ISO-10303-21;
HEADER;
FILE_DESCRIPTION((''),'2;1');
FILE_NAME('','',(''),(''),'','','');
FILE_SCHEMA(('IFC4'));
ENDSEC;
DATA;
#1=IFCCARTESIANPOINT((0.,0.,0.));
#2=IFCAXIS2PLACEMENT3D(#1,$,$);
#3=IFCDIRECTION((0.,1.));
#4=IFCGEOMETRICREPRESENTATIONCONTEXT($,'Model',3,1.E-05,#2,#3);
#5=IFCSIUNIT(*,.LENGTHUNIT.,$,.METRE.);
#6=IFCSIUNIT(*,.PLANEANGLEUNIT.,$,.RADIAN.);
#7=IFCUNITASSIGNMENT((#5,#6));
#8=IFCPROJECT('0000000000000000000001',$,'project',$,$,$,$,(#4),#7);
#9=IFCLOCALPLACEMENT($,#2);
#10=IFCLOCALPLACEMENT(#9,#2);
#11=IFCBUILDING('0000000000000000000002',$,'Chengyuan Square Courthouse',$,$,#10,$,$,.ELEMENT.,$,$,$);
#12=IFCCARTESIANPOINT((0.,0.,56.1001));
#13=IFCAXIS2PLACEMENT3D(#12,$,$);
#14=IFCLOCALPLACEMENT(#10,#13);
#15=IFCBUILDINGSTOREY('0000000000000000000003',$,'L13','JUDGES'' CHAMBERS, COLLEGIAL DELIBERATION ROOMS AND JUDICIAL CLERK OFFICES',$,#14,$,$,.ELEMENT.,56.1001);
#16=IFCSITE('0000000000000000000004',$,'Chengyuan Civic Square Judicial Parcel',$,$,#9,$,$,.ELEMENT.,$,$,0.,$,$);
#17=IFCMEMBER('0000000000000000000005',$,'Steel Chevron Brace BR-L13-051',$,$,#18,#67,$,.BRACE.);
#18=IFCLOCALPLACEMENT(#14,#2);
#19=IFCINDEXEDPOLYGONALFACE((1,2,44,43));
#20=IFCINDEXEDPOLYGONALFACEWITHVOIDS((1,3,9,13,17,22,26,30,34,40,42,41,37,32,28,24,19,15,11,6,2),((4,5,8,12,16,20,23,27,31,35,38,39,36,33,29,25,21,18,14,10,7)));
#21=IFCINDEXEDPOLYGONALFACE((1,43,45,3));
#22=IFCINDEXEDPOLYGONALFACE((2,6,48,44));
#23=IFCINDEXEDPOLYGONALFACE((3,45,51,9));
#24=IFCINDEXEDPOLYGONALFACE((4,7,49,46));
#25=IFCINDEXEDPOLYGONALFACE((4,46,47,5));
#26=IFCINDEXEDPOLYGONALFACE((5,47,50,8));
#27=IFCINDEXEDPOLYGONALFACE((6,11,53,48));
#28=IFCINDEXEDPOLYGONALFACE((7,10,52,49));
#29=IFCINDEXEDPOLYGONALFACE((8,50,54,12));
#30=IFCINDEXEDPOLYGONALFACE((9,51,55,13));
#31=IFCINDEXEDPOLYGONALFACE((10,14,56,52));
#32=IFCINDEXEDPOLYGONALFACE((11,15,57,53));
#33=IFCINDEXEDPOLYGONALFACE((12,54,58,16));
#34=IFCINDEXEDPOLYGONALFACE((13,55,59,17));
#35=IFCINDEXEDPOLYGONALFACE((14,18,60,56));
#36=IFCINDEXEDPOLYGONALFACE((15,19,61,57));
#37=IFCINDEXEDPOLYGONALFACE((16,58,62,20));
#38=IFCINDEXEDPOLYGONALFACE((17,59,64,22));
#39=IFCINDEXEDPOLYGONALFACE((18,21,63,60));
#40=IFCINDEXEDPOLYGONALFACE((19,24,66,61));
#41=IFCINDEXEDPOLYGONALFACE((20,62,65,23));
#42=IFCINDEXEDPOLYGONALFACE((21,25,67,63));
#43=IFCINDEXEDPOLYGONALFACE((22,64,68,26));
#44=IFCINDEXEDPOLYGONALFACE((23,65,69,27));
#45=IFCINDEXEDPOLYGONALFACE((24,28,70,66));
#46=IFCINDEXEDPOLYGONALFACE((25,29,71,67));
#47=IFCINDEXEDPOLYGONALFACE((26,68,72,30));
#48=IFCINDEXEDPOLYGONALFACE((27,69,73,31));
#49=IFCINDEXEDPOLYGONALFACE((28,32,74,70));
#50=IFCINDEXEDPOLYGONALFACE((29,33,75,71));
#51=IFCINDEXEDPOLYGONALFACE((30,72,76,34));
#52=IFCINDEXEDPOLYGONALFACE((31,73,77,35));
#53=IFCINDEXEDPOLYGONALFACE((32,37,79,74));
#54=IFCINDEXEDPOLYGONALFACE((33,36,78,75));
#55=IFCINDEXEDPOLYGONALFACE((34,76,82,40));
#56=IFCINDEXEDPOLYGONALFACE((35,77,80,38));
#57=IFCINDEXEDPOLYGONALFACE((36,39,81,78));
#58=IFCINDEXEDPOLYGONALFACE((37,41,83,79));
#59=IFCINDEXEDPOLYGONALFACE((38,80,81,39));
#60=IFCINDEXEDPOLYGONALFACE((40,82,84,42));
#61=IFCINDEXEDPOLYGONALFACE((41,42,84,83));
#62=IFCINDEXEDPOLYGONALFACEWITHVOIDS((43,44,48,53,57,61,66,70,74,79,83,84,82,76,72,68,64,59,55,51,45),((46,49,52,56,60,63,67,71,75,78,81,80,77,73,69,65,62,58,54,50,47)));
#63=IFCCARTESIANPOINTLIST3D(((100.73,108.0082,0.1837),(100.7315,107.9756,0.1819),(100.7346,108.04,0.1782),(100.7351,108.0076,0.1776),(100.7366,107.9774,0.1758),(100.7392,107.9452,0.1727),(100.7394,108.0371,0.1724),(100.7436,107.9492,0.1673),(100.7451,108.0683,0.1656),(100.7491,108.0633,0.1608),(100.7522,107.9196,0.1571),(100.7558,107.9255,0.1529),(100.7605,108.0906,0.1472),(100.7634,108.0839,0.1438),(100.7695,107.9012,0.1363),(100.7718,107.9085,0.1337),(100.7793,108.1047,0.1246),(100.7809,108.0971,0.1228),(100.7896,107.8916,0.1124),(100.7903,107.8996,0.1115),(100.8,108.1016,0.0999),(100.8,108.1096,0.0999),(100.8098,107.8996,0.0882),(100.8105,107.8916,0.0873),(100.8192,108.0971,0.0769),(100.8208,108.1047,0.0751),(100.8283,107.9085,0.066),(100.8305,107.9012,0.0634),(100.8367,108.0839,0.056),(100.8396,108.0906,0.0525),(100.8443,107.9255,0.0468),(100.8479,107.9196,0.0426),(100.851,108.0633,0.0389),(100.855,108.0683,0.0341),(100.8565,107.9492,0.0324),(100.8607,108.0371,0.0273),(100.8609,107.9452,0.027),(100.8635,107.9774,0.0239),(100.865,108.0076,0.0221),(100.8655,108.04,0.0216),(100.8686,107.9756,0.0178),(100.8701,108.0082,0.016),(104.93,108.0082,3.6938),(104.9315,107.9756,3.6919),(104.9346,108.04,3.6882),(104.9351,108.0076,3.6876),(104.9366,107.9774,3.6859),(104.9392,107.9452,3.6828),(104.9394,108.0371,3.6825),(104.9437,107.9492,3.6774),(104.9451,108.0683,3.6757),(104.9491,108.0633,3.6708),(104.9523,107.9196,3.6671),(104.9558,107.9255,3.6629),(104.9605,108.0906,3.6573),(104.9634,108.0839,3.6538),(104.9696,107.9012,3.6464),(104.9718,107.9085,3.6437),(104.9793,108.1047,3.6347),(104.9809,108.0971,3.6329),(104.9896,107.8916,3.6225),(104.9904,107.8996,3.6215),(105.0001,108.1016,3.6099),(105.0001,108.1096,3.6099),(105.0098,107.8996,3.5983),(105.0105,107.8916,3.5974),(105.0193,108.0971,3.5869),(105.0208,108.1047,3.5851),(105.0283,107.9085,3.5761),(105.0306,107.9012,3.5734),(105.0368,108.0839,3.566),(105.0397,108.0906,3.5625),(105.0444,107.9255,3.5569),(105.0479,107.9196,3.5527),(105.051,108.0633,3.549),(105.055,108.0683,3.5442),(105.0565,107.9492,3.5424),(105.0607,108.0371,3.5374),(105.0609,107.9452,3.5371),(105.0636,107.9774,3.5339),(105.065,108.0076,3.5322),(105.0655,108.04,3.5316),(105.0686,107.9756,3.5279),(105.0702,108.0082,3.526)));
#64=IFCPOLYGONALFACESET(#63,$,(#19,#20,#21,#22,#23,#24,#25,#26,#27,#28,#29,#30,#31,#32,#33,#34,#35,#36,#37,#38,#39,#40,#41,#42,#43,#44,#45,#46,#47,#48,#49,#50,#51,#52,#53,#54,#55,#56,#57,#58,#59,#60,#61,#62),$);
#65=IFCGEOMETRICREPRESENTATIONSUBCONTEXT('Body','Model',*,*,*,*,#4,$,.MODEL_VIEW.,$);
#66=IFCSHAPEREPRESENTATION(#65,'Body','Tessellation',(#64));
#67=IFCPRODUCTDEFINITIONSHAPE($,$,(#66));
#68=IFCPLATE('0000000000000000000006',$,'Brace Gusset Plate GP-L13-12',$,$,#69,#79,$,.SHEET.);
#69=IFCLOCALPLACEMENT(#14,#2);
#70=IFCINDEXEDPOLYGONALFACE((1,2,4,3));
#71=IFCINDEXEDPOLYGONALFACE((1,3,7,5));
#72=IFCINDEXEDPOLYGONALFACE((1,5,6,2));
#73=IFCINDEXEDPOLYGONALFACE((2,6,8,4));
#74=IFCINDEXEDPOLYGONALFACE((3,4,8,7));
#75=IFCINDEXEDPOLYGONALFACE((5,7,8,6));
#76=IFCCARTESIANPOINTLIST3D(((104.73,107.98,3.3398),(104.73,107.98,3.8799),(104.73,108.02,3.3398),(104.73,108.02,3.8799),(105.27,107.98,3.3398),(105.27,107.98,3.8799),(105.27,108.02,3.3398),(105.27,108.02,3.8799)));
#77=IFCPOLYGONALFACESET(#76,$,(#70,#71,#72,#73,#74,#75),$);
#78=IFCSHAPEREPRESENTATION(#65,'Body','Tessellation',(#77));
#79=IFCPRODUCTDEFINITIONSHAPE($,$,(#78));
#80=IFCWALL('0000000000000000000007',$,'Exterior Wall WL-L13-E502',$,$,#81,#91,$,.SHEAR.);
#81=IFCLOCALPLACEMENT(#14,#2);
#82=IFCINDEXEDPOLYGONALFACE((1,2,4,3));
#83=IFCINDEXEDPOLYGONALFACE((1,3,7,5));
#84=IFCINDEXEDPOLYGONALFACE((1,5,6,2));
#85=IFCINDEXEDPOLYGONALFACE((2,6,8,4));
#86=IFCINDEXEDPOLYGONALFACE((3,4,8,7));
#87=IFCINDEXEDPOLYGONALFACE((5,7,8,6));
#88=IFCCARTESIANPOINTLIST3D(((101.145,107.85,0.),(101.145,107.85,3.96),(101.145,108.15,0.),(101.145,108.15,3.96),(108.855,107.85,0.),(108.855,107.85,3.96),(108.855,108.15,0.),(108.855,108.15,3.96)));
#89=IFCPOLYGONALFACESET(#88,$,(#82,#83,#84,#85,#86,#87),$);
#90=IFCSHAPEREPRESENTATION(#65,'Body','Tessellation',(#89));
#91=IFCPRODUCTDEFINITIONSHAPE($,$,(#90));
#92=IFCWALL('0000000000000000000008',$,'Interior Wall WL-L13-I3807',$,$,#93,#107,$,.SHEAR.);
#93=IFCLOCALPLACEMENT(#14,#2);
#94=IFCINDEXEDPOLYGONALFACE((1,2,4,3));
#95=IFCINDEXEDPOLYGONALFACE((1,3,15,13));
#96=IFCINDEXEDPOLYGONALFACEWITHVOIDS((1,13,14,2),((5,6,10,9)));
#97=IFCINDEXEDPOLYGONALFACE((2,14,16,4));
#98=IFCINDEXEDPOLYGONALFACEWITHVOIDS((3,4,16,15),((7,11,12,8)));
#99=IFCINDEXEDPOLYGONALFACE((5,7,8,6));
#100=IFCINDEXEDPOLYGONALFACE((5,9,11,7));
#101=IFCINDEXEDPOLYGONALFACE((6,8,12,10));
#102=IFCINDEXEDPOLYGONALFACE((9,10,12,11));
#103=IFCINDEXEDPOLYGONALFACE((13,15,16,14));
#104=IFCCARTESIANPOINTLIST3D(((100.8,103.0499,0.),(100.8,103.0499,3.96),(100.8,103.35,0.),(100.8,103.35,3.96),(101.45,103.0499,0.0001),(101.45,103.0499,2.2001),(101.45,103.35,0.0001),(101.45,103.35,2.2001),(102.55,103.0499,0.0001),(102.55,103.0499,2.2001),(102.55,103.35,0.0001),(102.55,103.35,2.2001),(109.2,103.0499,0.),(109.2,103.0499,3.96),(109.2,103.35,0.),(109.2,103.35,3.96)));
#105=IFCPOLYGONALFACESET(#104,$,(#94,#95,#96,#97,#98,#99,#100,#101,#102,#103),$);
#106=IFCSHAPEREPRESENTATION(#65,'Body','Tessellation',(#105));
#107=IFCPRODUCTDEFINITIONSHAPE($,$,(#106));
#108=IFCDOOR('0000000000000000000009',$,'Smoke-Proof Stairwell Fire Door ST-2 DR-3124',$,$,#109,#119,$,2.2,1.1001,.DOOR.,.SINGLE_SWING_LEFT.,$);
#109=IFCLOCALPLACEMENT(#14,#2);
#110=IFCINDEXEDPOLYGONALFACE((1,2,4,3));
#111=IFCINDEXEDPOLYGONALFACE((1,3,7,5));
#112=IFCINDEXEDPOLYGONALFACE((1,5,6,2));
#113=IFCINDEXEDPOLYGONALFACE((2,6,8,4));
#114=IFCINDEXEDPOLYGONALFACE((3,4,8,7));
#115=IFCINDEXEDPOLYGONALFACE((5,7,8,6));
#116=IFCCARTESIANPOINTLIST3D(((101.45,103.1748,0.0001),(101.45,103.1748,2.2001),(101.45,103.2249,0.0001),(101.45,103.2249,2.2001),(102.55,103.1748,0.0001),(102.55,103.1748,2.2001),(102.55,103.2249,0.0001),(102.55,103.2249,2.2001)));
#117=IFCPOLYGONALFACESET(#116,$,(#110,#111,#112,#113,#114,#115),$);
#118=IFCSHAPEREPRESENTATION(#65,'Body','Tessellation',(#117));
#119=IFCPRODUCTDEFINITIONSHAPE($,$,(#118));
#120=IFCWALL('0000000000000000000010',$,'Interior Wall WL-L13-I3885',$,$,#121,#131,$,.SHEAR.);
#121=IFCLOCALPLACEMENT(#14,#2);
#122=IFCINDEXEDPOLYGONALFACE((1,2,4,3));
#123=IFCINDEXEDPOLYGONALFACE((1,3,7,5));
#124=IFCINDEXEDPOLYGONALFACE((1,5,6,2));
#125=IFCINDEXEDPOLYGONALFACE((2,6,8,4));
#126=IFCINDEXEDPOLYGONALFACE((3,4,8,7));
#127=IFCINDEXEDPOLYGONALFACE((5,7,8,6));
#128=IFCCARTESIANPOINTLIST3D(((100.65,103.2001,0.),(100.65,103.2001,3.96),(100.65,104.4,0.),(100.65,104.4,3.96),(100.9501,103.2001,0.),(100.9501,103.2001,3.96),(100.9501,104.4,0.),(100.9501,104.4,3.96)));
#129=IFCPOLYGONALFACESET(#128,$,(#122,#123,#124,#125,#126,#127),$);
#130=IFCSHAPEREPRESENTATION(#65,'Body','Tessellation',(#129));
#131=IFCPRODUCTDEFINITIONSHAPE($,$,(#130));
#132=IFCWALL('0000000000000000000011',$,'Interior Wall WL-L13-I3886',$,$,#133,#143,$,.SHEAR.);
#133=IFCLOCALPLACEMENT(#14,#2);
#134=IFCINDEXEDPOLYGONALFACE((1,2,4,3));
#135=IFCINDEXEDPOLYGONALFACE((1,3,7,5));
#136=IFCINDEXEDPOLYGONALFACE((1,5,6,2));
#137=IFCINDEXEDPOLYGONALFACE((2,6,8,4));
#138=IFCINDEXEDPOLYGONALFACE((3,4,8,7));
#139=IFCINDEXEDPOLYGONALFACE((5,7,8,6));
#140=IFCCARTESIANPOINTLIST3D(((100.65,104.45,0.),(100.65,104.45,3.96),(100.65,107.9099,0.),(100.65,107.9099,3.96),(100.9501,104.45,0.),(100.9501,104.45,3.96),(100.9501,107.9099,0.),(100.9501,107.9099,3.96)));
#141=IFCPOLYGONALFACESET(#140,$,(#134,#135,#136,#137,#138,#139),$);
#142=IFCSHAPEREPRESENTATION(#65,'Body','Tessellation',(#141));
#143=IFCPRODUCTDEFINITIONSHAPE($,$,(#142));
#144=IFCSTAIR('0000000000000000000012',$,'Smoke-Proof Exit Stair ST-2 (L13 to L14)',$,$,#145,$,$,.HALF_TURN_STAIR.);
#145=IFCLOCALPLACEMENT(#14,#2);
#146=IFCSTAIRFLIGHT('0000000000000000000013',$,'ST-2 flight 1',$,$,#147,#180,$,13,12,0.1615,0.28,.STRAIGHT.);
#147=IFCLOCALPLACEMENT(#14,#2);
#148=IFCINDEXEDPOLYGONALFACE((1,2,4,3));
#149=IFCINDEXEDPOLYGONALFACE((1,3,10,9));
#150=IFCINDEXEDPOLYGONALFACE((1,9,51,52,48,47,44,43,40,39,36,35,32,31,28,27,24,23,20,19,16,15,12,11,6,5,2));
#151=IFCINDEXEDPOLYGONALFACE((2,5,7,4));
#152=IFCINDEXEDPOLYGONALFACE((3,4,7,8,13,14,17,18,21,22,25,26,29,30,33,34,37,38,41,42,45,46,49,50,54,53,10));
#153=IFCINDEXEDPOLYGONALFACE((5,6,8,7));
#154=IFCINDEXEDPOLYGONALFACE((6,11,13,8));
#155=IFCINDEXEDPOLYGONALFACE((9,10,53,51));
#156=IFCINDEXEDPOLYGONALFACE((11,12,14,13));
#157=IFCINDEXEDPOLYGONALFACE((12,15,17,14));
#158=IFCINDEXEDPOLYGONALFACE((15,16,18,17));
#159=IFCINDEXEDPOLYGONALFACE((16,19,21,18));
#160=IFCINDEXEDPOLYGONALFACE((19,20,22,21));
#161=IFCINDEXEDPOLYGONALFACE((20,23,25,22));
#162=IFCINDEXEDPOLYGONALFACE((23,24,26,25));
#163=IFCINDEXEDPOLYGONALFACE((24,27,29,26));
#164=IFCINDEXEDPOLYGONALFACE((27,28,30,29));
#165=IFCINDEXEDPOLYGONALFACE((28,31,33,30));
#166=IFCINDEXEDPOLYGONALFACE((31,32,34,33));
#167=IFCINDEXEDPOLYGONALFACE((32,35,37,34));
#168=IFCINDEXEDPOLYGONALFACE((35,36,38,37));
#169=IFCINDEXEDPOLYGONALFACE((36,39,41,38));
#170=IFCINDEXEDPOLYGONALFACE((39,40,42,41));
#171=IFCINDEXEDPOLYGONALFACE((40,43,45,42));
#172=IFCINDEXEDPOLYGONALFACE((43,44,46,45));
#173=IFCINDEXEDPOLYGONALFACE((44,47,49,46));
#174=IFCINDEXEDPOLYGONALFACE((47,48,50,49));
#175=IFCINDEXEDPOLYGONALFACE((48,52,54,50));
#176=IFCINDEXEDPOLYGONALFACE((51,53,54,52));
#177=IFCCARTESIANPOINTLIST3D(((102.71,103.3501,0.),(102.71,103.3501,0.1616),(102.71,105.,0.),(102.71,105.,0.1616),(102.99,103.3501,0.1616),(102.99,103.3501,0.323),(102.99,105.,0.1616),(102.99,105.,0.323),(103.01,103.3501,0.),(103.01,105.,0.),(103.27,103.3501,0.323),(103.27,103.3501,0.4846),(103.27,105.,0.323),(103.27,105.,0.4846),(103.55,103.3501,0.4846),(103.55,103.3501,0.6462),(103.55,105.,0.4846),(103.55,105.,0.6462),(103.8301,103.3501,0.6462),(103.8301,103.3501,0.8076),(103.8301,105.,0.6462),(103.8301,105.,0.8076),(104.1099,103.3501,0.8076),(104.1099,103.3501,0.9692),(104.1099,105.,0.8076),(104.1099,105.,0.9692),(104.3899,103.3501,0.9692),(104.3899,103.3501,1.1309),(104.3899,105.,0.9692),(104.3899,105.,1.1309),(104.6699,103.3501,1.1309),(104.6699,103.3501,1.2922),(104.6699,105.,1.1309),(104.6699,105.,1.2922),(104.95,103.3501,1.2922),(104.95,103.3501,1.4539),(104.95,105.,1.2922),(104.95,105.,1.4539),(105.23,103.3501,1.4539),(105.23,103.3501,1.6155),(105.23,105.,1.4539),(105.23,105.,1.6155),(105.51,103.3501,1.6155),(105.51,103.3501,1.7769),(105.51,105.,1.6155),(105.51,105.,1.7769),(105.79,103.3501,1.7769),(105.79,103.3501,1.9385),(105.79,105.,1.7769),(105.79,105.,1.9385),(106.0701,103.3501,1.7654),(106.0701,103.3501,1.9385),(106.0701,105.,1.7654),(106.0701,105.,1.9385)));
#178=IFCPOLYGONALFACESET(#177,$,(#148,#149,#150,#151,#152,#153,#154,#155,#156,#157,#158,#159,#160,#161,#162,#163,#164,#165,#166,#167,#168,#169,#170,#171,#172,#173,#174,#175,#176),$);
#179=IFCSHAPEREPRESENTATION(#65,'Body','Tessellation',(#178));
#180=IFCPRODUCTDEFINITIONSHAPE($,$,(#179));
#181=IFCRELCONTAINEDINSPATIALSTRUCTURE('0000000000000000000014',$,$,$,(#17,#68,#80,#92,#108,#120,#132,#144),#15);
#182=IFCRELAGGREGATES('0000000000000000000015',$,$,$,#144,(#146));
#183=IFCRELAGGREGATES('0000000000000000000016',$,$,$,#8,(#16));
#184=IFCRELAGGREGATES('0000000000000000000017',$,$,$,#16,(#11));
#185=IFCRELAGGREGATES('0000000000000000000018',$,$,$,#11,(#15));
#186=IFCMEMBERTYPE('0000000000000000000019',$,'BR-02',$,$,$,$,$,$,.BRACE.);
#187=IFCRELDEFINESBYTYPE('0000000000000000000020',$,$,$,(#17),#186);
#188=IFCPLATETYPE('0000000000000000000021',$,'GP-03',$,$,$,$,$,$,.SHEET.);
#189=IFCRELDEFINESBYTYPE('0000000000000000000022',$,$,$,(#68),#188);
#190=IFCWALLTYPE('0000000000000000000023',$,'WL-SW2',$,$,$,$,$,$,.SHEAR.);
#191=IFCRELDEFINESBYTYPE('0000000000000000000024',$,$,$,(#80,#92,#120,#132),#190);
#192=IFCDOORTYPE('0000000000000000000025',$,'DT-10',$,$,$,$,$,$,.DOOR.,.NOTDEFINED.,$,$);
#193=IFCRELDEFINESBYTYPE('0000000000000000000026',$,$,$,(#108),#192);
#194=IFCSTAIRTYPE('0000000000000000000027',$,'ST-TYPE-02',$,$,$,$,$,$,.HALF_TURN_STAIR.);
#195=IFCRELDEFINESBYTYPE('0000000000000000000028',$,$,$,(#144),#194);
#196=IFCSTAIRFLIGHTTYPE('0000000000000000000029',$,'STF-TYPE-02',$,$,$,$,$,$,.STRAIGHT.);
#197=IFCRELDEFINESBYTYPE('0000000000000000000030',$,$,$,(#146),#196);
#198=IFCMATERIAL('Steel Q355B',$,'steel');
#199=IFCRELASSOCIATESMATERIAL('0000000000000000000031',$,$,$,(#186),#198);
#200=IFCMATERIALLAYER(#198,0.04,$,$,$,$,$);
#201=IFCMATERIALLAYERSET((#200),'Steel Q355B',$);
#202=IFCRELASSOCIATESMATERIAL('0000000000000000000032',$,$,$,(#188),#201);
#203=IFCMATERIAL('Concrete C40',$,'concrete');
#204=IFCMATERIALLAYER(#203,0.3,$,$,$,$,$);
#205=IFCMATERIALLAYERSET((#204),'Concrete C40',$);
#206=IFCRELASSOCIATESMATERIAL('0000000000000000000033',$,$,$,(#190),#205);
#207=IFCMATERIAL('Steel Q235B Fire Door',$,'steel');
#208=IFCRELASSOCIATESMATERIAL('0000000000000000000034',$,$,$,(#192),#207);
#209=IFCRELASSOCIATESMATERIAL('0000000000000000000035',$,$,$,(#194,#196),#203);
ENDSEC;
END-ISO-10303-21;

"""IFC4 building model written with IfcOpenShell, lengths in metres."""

from ifc_helpers import new_model, si_unit, direction, frame, frame_2d, origin, origin_2d, place, context, subcontext, project, spatial, polyline, rectangle, hollow_circle, outline, extrude, material, layer, layer_set, material_profile, profile_set, type_object, element, fill, aggregate, save


model = new_model("IFC4")

# Units and contexts
model_context = context("Model", 3, precision=1e-05, world=origin(), true_north=direction((0.0, 1.0)))
body_context = subcontext(model_context, "Body", "Model", "MODEL_VIEW")
ifc_project = project(units=[si_unit("LENGTHUNIT", "METRE"), si_unit("PLANEANGLEUNIT", "RADIAN")], contexts=[model_context])

# Site, building, storey
site_placement = place(None, origin())
site = spatial("IfcSite", under=ifc_project, at=site_placement, Name="Chengyuan Civic Square Judicial Parcel", CompositionType="ELEMENT", RefElevation=0.0)
building_placement = place(site_placement, origin())
building = spatial("IfcBuilding", under=site, at=building_placement, Name="Chengyuan Square Courthouse", CompositionType="ELEMENT")
storey_placement = place(building_placement, frame((0.0, 0.0, 56.1001)))
storey = spatial("IfcBuildingStorey", under=building, at=storey_placement, Name="L13", Description="JUDGES' CHAMBERS, COLLEGIAL DELIBERATION ROOMS AND JUDICIAL CLERK OFFICES", CompositionType="ELEMENT", Elevation=56.1001)

# Member
ifc_material_1 = material(Name="Steel Q355B", Category="steel")
ifc_material_profile = material_profile(ifc_material_1, hollow_circle(Radius=0.1096, WallThickness=0.0081, at=origin_2d()), Name="CHS 219x8")
ifc_profile_set = profile_set([ifc_material_profile], Name="Steel Q355B")
member_type = type_object("IfcMemberType", Name="BR-02", PredefinedType="BRACE", material=ifc_profile_set)
member_placement = place(storey_placement, frame((100.8, 108.0, 0.0999), z_axis=(0.767317, 0.0, 0.641267), x_axis=(0.0, 1.0, 0.0)))
element("IfcMember", 1, at=member_placement, inside=storey, type_object=member_type, Name="Steel Chevron Brace BR-L13-051", PredefinedType="BRACE", context=body_context, shape_type="SweptSolid", body=[
    extrude(hollow_circle(Radius=0.1096, WallThickness=0.0081, at=origin_2d()), origin(), (0.0, 0.0, 1.0), 5.4736),
])

# Plate
ifc_layer_1 = layer(ifc_material_1, 0.04)
ifc_layer_set_1 = layer_set([ifc_layer_1], Name="Steel Q355B")
plate_type = type_object("IfcPlateType", Name="GP-03", PredefinedType="SHEET", material=ifc_layer_set_1)
plate_placement = place(storey_placement, frame((105.0, 108.0, 3.3398), z_axis=(0.0, 0.0, 1.0), x_axis=(1.0, 0.0, 0.0)))
element("IfcPlate", 2, at=plate_placement, inside=storey, type_object=plate_type, Name="Brace Gusset Plate GP-L13-12", PredefinedType="SHEET", context=body_context, shape_type="SweptSolid", body=[
    extrude(rectangle(XDim=0.54, YDim=0.04, at=origin_2d()), origin(), (0.0, 0.0, 1.0), 0.54),
])

# Wall
ifc_material_2 = material(Name="Concrete C40", Category="concrete")
ifc_layer_2 = layer(ifc_material_2, 0.3)
ifc_layer_set_2 = layer_set([ifc_layer_2], Name="Concrete C40")
wall_type = type_object("IfcWallType", Name="WL-SW2", PredefinedType="SHEAR", material=ifc_layer_set_2)
wall_1_placement = place(storey_placement, frame((101.145, 108.0, 0.0), z_axis=(0.0, 0.0, 1.0), x_axis=(1.0, 0.0, 0.0)))
element("IfcWall", 3, at=wall_1_placement, inside=storey, type_object=wall_type, Name="Exterior Wall WL-L13-E502", PredefinedType="SHEAR", context=body_context, shape_type="SweptSolid", body=[
    extrude(rectangle(XDim=7.71, YDim=0.3, at=frame_2d((3.855, 0.0))), origin(), (0.0, 0.0, 1.0), 3.96),
])

# Wall, opening, door
wall_2_placement = place(storey_placement, frame((100.8, 103.2, 0.0), z_axis=(0.0, 0.0, 1.0), x_axis=(1.0, 0.0, 0.0)))
wall_2 = element("IfcWall", 4, at=wall_2_placement, inside=storey, type_object=wall_type, Name="Interior Wall WL-L13-I3807", PredefinedType="SHEAR", context=body_context, shape_type="SweptSolid", body=[
    extrude(rectangle(XDim=8.3999, YDim=0.3, at=frame_2d((4.2, 0.0))), origin(), (0.0, 0.0, 1.0), 3.96),
])
opening_placement = place(wall_2_placement, frame((0.6499, 0.0, 0.0)))
opening = element("IfcOpeningElement", 5, at=opening_placement, cuts=wall_2, PredefinedType="OPENING", context=body_context, shape_type="SweptSolid", body=[
    extrude(rectangle(XDim=1.1001, YDim=2.2, at=frame_2d((0.55, 1.1001))), frame((0.0, 0.1621, 0.0), z_axis=(0.0, -1.0, 0.0), x_axis=(1.0, 0.0, 0.0)), (0.0, 0.0, 1.0), 0.324),
])
ifc_material_3 = material(Name="Steel Q235B Fire Door", Category="steel")
door_type = type_object("IfcDoorType", Name="DT-10", OperationType="NOTDEFINED", PredefinedType="DOOR", material=ifc_material_3)
door_placement = place(opening_placement, origin())
door = element("IfcDoor", 6, at=door_placement, inside=storey, type_object=door_type, Name="Smoke-Proof Stairwell Fire Door ST-2 DR-3124", OperationType="SINGLE_SWING_LEFT", OverallHeight=2.2, OverallWidth=1.1001, PredefinedType="DOOR", context=body_context, shape_type="SweptSolid", body=[
    extrude(rectangle(XDim=1.1001, YDim=2.2, at=frame_2d((0.55, 1.1001))), frame((0.0, 0.0249, 0.0), z_axis=(0.0, -1.0, 0.0), x_axis=(1.0, 0.0, 0.0)), (0.0, 0.0, 1.0), 0.05),
])
fill(opening, door)

# Walls
wall_3_placement = place(storey_placement, frame((100.8, 103.2, 0.0), z_axis=(0.0, 0.0, 1.0), x_axis=(0.0, 1.0, 0.0)))
element("IfcWall", 7, at=wall_3_placement, inside=storey, type_object=wall_type, Name="Interior Wall WL-L13-I3885", PredefinedType="SHEAR", context=body_context, shape_type="SweptSolid", body=[
    extrude(rectangle(XDim=1.2, YDim=0.3, at=frame_2d((0.6001, 0.0))), origin(), (0.0, 0.0, 1.0), 3.96),
])
wall_4_placement = place(storey_placement, frame((100.8, 104.45, 0.0), z_axis=(0.0, 0.0, 1.0), x_axis=(0.0, 1.0, 0.0)))
element("IfcWall", 8, at=wall_4_placement, inside=storey, type_object=wall_type, Name="Interior Wall WL-L13-I3886", PredefinedType="SHEAR", context=body_context, shape_type="SweptSolid", body=[
    extrude(rectangle(XDim=3.46, YDim=0.3, at=frame_2d((1.73, 0.0))), origin(), (0.0, 0.0, 1.0), 3.96),
])

# Stair, stair flight
stair_type = type_object("IfcStairType", Name="ST-TYPE-02", PredefinedType="HALF_TURN_STAIR", material=ifc_material_2)
stair_placement = place(storey_placement, origin())
stair = element("IfcStair", 9, at=stair_placement, inside=storey, type_object=stair_type, Name="Smoke-Proof Exit Stair ST-2 (L13 to L14)", PredefinedType="HALF_TURN_STAIR")
stair_flight_type = type_object("IfcStairFlightType", Name="STF-TYPE-02", PredefinedType="STRAIGHT", material=ifc_material_2)
stair_flight_1_placement = place(storey_placement, frame((102.71, 104.175, 0.0), z_axis=(0.0, 0.0, 1.0), x_axis=(1.0, 0.0, 0.0)))
stair_flight_1 = element("IfcStairFlight", 10, at=stair_flight_1_placement, type_object=stair_flight_type, Name="ST-2 flight 1", NumberOfRisers=13, NumberOfTreads=12, PredefinedType="STRAIGHT", RiserHeight=0.1615, TreadLength=0.28, context=body_context, shape_type="SweptSolid", body=[
    extrude(outline(polyline([(0.0, 0.0), (0.0, 0.1616), (0.28, 0.1616), (0.28, 0.323), (0.5601, 0.323), (0.5601, 0.4846), (0.8401, 0.4846), (0.8401, 0.6462), (1.1201, 0.6462), (1.1201, 0.8076), (1.3999, 0.8076), (1.3999, 0.9692), (1.6799, 0.9692), (1.6799, 1.1309), (1.96, 1.1309), (1.96, 1.2922), (2.24, 1.2922), (2.24, 1.4539), (2.52, 1.4539), (2.52, 1.6155), (2.8, 1.6155), (2.8, 1.7769), (3.0801, 1.7769), (3.0801, 1.9385), (3.3601, 1.9385), (3.3601, 2.1001), (3.3601, 1.7654), (0.3, 0.0), (0.0, 0.0)])), frame((0.0, 0.825, 0.0), z_axis=(0.0, -1.0, 0.0), x_axis=(1.0, 0.0, 0.0)), (0.0, 0.0, 1.0), 1.6499),
])
aggregate(stair, [stair_flight_1])

save(model, "model.ifc")
